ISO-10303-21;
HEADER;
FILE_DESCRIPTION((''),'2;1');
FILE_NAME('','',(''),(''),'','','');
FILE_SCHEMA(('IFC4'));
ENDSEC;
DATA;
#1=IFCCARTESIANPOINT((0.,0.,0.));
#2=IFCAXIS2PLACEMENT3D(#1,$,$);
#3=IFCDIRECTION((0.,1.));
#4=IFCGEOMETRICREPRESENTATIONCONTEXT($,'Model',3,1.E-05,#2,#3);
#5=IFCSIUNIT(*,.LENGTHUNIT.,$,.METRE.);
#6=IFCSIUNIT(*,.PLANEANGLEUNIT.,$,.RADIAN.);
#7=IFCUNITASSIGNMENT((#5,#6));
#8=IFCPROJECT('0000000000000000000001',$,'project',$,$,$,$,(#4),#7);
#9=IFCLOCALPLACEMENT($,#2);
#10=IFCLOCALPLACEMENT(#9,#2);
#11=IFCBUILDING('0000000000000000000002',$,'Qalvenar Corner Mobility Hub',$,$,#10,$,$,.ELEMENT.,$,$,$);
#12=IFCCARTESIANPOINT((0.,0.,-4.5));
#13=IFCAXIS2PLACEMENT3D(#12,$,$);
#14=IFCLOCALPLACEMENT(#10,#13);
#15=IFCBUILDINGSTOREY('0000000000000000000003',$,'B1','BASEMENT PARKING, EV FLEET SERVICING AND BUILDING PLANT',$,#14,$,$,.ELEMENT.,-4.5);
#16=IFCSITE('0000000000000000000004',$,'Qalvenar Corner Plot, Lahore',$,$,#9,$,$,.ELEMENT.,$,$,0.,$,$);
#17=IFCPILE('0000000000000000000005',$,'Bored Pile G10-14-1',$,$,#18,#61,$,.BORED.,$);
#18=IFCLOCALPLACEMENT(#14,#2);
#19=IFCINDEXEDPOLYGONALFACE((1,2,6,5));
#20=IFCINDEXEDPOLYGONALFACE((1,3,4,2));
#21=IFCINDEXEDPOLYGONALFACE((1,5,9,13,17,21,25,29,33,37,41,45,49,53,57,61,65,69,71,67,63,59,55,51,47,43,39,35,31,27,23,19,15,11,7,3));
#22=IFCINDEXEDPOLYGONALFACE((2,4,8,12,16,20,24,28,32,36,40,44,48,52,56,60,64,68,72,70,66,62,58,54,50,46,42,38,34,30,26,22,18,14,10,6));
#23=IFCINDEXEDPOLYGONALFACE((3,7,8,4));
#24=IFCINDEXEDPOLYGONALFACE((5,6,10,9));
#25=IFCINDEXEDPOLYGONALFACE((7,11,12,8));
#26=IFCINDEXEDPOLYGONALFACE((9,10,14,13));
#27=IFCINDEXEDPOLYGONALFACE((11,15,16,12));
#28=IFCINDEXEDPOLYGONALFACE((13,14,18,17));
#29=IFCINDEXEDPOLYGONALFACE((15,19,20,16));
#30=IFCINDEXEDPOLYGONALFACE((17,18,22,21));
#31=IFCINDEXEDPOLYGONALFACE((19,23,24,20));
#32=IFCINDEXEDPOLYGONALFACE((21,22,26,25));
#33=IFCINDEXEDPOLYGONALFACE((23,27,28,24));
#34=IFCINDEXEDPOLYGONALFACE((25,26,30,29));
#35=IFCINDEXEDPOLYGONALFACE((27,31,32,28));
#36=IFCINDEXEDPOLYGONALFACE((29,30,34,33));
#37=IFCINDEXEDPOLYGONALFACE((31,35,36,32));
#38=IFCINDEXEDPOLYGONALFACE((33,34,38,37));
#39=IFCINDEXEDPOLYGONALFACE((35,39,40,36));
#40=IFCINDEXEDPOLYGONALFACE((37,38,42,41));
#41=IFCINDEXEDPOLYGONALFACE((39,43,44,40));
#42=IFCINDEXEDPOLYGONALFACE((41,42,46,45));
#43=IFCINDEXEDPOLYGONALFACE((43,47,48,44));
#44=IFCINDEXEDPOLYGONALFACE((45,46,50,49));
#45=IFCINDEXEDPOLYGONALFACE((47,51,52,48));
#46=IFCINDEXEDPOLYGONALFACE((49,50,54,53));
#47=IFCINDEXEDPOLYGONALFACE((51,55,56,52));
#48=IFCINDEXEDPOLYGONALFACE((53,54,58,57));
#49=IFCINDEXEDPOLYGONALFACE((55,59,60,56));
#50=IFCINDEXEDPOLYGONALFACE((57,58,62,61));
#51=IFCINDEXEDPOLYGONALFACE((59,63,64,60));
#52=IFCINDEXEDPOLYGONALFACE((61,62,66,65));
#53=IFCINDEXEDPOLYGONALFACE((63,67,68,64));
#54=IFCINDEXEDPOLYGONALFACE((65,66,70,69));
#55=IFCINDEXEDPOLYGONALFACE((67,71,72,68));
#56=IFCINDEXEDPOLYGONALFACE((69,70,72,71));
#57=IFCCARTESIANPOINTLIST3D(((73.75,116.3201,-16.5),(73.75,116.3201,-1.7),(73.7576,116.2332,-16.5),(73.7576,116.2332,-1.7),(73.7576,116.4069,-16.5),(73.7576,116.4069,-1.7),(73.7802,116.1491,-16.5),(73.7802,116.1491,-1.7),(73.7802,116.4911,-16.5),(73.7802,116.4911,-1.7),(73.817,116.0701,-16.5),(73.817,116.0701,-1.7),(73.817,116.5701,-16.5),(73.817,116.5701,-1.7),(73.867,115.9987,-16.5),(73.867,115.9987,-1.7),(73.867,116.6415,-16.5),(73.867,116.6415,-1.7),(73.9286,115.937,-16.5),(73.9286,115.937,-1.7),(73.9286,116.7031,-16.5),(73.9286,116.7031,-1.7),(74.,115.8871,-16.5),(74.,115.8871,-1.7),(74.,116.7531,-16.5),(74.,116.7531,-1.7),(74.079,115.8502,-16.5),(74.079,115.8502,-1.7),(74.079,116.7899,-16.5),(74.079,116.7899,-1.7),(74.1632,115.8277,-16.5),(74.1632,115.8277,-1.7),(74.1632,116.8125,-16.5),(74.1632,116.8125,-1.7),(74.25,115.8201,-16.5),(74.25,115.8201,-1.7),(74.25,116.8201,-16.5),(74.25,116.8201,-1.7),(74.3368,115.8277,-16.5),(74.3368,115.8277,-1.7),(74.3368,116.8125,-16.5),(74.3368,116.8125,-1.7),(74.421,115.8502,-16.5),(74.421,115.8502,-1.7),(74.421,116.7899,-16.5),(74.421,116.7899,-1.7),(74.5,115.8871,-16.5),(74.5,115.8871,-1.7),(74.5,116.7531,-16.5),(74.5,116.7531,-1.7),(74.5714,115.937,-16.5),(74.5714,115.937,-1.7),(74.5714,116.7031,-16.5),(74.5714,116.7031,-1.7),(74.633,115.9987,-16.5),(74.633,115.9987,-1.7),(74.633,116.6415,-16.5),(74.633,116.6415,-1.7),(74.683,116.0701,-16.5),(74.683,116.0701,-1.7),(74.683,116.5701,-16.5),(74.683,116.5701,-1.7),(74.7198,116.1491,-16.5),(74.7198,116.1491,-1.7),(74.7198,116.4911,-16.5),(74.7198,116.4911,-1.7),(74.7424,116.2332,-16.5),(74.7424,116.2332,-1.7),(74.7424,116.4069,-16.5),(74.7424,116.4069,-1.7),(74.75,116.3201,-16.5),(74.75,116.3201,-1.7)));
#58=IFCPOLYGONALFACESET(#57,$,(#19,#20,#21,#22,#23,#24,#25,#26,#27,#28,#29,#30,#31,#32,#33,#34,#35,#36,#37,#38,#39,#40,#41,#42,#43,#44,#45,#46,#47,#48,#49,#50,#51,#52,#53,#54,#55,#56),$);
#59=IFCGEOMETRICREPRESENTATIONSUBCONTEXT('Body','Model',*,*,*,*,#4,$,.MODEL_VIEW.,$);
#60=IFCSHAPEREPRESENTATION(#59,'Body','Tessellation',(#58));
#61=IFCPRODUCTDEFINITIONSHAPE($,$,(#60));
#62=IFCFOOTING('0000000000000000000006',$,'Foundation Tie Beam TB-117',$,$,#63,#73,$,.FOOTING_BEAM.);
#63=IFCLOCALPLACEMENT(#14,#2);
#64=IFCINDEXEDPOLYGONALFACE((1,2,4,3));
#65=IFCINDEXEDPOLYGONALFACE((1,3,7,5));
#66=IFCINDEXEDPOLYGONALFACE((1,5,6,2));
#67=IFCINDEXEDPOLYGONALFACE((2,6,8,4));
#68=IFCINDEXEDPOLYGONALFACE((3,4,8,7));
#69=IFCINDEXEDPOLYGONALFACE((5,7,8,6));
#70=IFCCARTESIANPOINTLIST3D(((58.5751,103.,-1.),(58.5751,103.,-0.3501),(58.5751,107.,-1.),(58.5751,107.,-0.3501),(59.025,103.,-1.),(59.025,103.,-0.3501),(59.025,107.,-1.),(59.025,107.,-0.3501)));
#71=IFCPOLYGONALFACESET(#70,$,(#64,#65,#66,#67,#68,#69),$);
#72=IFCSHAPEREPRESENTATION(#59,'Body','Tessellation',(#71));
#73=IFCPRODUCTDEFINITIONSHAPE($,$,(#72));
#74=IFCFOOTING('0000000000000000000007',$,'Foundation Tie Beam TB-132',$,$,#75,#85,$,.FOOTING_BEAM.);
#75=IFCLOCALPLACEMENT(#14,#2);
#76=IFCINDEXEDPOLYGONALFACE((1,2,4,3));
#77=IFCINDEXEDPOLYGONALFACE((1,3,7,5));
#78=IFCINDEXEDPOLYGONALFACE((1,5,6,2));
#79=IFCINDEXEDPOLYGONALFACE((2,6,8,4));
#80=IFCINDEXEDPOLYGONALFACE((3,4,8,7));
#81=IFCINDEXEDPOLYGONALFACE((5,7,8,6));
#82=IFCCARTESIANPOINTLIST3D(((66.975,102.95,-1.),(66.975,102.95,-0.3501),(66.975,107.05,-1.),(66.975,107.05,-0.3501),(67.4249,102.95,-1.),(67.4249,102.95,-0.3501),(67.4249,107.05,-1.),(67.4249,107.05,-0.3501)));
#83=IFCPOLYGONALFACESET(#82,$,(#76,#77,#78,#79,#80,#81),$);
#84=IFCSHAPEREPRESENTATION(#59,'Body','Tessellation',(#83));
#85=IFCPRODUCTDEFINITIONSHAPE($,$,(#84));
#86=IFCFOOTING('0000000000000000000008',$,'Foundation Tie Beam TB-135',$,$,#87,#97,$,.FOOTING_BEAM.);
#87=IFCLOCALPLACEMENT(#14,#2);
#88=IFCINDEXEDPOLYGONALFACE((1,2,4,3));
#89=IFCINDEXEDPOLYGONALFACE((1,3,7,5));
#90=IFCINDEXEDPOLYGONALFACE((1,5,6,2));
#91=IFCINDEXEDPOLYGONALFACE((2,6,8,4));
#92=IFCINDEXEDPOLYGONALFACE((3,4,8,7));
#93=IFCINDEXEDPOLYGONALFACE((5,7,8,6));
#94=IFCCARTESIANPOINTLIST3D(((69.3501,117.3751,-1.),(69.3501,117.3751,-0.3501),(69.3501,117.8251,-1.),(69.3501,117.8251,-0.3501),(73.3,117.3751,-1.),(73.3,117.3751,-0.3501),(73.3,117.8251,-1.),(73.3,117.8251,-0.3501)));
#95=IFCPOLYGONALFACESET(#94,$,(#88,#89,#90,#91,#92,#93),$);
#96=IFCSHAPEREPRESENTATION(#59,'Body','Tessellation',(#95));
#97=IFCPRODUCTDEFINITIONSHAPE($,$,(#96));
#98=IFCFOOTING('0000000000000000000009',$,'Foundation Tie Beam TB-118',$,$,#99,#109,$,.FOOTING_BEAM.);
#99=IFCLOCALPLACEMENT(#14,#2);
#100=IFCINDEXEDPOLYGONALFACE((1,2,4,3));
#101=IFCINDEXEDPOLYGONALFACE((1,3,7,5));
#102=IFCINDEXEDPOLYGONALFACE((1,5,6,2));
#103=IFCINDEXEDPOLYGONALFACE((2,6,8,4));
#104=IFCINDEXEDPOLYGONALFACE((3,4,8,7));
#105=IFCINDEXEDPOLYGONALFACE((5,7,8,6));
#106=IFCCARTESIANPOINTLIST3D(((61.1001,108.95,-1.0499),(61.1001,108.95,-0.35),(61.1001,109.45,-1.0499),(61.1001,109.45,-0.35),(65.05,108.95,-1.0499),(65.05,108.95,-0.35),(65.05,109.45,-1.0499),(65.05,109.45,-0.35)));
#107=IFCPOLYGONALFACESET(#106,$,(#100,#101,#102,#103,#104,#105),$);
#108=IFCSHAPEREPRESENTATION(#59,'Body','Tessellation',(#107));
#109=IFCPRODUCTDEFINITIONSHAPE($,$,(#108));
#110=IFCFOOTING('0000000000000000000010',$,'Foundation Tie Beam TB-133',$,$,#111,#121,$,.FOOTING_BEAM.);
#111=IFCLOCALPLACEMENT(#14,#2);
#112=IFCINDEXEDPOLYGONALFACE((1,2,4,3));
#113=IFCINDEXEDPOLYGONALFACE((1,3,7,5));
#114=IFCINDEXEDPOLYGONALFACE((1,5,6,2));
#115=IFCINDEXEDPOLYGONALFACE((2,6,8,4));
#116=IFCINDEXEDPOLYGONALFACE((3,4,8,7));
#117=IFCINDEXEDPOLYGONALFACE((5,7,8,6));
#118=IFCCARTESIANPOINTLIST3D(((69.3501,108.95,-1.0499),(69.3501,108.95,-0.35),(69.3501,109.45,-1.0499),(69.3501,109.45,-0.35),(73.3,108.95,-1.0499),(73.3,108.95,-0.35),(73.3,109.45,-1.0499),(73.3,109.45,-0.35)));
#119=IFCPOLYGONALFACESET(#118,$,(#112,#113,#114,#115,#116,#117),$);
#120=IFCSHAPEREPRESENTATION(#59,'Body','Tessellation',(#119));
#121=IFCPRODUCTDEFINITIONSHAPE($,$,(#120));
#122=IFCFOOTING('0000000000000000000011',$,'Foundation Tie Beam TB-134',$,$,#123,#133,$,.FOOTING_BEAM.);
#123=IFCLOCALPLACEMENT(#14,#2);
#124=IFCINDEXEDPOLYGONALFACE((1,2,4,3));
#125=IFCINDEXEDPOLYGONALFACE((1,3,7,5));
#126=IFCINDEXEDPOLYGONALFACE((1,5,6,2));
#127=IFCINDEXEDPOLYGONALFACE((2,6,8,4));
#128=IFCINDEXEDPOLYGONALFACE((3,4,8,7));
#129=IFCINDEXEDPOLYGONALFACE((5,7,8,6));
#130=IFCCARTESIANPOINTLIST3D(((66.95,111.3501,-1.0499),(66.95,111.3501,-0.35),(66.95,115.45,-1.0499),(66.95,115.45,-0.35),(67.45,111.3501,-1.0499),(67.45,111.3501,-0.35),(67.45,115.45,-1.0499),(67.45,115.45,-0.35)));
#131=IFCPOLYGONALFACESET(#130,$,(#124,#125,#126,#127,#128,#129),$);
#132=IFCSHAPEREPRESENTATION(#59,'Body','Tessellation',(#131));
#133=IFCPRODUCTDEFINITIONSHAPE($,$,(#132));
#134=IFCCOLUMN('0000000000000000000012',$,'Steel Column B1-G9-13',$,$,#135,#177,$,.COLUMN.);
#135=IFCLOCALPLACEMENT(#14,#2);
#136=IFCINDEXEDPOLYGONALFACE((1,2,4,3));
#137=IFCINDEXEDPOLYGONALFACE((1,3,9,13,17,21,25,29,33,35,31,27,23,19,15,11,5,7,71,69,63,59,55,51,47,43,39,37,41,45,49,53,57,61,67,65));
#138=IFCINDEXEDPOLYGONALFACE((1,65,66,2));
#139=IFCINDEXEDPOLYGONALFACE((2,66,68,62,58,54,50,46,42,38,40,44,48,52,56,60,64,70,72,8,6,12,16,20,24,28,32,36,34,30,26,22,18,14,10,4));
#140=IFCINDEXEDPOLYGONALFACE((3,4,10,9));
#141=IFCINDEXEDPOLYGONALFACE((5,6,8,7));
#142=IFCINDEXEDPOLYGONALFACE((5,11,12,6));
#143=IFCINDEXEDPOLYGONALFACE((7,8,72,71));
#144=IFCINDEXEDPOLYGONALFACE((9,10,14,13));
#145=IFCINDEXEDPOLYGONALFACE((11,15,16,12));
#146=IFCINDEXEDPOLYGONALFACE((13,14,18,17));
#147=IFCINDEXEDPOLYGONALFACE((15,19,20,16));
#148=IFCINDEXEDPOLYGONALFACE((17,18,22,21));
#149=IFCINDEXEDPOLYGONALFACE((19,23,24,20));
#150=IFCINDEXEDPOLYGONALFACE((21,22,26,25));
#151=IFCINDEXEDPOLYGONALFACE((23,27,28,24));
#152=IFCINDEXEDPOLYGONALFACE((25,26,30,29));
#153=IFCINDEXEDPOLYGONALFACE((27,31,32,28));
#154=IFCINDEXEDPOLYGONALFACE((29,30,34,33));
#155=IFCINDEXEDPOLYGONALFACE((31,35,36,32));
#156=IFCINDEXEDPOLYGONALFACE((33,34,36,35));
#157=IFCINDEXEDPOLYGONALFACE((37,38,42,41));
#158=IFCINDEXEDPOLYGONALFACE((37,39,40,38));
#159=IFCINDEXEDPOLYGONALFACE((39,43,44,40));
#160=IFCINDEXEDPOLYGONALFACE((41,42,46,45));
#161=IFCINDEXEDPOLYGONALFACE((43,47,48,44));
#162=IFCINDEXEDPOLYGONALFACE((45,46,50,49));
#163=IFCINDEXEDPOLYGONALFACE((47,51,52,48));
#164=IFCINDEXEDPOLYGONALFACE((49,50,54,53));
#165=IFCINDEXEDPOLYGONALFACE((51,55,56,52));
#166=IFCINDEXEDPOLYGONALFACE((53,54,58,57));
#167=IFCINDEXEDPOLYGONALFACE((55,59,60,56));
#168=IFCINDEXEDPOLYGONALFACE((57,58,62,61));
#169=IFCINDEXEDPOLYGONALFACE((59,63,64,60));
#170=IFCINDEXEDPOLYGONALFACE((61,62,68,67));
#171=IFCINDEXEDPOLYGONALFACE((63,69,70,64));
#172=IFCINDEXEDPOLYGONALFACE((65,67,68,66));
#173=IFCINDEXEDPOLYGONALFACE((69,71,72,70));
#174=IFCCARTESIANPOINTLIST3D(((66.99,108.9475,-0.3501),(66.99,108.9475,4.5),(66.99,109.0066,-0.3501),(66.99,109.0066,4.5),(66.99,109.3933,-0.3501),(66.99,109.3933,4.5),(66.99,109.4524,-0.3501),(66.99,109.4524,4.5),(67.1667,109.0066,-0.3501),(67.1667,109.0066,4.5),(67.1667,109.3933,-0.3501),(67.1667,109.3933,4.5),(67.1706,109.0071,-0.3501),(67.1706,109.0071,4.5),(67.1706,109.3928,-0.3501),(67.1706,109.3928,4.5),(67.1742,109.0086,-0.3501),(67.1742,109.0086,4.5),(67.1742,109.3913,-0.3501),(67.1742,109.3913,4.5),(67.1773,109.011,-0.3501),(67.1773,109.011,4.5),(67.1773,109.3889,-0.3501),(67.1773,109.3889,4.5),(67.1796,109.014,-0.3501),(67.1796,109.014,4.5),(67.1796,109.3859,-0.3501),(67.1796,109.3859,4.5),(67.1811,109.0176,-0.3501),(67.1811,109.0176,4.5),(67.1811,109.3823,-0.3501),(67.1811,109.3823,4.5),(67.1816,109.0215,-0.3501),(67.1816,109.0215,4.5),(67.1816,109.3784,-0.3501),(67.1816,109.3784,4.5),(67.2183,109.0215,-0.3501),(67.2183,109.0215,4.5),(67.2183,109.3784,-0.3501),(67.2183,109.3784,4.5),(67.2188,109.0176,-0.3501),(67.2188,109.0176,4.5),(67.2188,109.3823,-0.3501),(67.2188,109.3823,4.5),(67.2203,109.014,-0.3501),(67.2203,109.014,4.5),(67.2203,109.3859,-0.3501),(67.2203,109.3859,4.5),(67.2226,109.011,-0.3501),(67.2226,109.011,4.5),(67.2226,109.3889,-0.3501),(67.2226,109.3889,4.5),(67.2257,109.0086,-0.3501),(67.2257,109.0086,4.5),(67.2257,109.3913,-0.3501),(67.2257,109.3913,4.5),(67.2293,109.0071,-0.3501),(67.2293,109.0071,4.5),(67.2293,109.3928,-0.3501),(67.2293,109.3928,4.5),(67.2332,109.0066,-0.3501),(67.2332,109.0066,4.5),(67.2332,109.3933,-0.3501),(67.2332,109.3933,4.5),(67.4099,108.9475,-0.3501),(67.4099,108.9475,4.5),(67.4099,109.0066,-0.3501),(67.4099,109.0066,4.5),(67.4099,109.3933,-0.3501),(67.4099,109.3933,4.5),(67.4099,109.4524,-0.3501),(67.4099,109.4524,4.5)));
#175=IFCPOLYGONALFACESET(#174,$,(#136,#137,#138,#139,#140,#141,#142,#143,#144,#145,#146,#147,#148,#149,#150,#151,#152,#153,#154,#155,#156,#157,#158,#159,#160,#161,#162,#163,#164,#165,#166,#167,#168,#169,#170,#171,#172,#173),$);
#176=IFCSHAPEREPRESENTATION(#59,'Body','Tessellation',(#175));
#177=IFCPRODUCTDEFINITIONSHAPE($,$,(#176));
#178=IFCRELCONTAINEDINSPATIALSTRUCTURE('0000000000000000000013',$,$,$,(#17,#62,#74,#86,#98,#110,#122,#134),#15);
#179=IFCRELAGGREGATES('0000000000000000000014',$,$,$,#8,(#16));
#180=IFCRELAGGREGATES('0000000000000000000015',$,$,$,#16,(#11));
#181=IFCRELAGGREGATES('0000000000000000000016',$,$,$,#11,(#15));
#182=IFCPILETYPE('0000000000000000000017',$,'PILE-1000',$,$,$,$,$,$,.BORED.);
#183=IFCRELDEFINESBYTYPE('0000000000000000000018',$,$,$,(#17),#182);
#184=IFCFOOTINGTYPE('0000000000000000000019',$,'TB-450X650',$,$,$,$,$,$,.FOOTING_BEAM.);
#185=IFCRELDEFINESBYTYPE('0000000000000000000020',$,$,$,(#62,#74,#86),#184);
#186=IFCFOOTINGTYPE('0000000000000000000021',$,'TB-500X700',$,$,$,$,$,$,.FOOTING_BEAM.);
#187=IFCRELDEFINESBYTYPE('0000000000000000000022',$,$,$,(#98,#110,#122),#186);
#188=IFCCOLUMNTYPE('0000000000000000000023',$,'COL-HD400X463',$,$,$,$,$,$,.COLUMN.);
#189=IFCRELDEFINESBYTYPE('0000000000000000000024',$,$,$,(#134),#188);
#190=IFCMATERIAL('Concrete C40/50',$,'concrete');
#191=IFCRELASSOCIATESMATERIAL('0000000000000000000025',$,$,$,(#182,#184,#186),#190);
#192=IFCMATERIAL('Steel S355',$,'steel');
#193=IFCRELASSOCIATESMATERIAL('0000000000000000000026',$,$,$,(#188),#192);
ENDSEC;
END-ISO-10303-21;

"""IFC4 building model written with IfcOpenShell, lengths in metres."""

from ifc_helpers import new_model, si_unit, direction, frame, origin, origin_2d, place, context, subcontext, project, spatial, rectangle, circle, i_section, extrude, material, material_profile, profile_set, type_object, element, save


model = new_model("IFC4")

# Units and contexts
model_context = context("Model", 3, precision=1e-05, world=origin(), true_north=direction((0.0, 1.0)))
body_context = subcontext(model_context, "Body", "Model", "MODEL_VIEW")
ifc_project = project(units=[si_unit("LENGTHUNIT", "METRE"), si_unit("PLANEANGLEUNIT", "RADIAN")], contexts=[model_context])

# Site, building, storey
site_placement = place(None, origin())
site = spatial("IfcSite", under=ifc_project, at=site_placement, Name="Qalvenar Corner Plot, Lahore", CompositionType="ELEMENT", RefElevation=0.0)
building_placement = place(site_placement, origin())
building = spatial("IfcBuilding", under=site, at=building_placement, Name="Qalvenar Corner Mobility Hub", CompositionType="ELEMENT")
storey_placement = place(building_placement, frame((0.0, 0.0, -4.5)))
storey = spatial("IfcBuildingStorey", under=building, at=storey_placement, Name="B1", Description="BASEMENT PARKING, EV FLEET SERVICING AND BUILDING PLANT", CompositionType="ELEMENT", Elevation=-4.5)

# Shared definitions
ifc_material_1 = material(Name="Concrete C40/50", Category="concrete")

# Pile
ifc_material_profile_1 = material_profile(ifc_material_1, circle(Radius=0.5, at=origin_2d()), Name="DIA1000")
ifc_profile_set_1 = profile_set([ifc_material_profile_1], Name="Concrete C40/50")
pile_type = type_object("IfcPileType", Name="PILE-1000", PredefinedType="BORED", material=ifc_profile_set_1)
for number, where, z_axis, x_axis, name in (
    (1, (74.25, 116.3201, -1.7), (0.0, 0.0, -1.0), (1.0, 0.0, 0.0), "Bored Pile G10-14-1"),
):
    element("IfcPile", number, at=place(storey_placement, frame(where, z_axis=z_axis, x_axis=x_axis)), inside=storey, type_object=pile_type, Name=name, PredefinedType="BORED", context=body_context, shape_type="SweptSolid", body=[
        extrude(circle(Radius=0.5, at=origin_2d()), origin(), (0.0, 0.0, 1.0), 14.8),
    ])

# Footings
ifc_material_profile_2 = material_profile(ifc_material_1, rectangle(XDim=0.45, YDim=0.6499, at=origin_2d()), Name="RC450x650")
ifc_profile_set_2 = profile_set([ifc_material_profile_2], Name="Concrete C40/50")
footing_type_1 = type_object("IfcFootingType", Name="TB-450X650", PredefinedType="FOOTING_BEAM", material=ifc_profile_set_2)
footing_1_placement = place(storey_placement, frame((58.8, 103.0, -0.675), z_axis=(0.0, 1.0, 0.0), x_axis=(-1.0, 0.0, 0.0)))
element("IfcFooting", 2, at=footing_1_placement, inside=storey, type_object=footing_type_1, Name="Foundation Tie Beam TB-117", PredefinedType="FOOTING_BEAM", context=body_context, shape_type="SweptSolid", body=[
    extrude(rectangle(XDim=0.45, YDim=0.6499, at=origin_2d()), origin(), (0.0, 0.0, 1.0), 4.0),
])
footing_2_placement = place(storey_placement, frame((67.2, 102.95, -0.675), z_axis=(0.0, 1.0, 0.0), x_axis=(-1.0, 0.0, 0.0)))
element("IfcFooting", 3, at=footing_2_placement, inside=storey, type_object=footing_type_1, Name="Foundation Tie Beam TB-132", PredefinedType="FOOTING_BEAM", context=body_context, shape_type="SweptSolid", body=[
    extrude(rectangle(XDim=0.45, YDim=0.6499, at=origin_2d()), origin(), (0.0, 0.0, 1.0), 4.1001),
])
footing_3_placement = place(storey_placement, frame((69.3501, 117.6001, -0.675), z_axis=(1.0, 0.0, 0.0), x_axis=(0.0, 1.0, 0.0)))
element("IfcFooting", 4, at=footing_3_placement, inside=storey, type_object=footing_type_1, Name="Foundation Tie Beam TB-135", PredefinedType="FOOTING_BEAM", context=body_context, shape_type="SweptSolid", body=[
    extrude(rectangle(XDim=0.45, YDim=0.6499, at=origin_2d()), origin(), (0.0, 0.0, 1.0), 3.95),
])
ifc_material_profile_3 = material_profile(ifc_material_1, rectangle(XDim=0.5, YDim=0.7, at=origin_2d()), Name="RC500x700")
ifc_profile_set_3 = profile_set([ifc_material_profile_3], Name="Concrete C40/50")
footing_type_2 = type_object("IfcFootingType", Name="TB-500X700", PredefinedType="FOOTING_BEAM", material=ifc_profile_set_3)
for number, where, z_axis, x_axis, name in (
    (5, (61.1001, 109.2, -0.7), (1.0, 0.0, 0.0), (0.0, 1.0, 0.0), "Foundation Tie Beam TB-118"),
    (6, (69.3501, 109.2, -0.7), (1.0, 0.0, 0.0), (0.0, 1.0, 0.0), "Foundation Tie Beam TB-133"),
):
    element("IfcFooting", number, at=place(storey_placement, frame(where, z_axis=z_axis, x_axis=x_axis)), inside=storey, type_object=footing_type_2, Name=name, PredefinedType="FOOTING_BEAM", context=body_context, shape_type="SweptSolid", body=[
        extrude(rectangle(XDim=0.5, YDim=0.7, at=origin_2d()), origin(), (0.0, 0.0, 1.0), 3.95),
    ])
footing_4_placement = place(storey_placement, frame((67.2, 111.3501, -0.7), z_axis=(0.0, 1.0, 0.0), x_axis=(-1.0, 0.0, 0.0)))
element("IfcFooting", 7, at=footing_4_placement, inside=storey, type_object=footing_type_2, Name="Foundation Tie Beam TB-134", PredefinedType="FOOTING_BEAM", context=body_context, shape_type="SweptSolid", body=[
    extrude(rectangle(XDim=0.5, YDim=0.7, at=origin_2d()), origin(), (0.0, 0.0, 1.0), 4.0999),
])

# Column
ifc_material_2 = material(Name="Steel S355", Category="steel")
ifc_material_profile_4 = material_profile(ifc_material_2, i_section(OverallWidth=0.4199, OverallDepth=0.5049, WebThickness=0.0366, FlangeThickness=0.0591, FilletRadius=0.0149, at=origin_2d()), Name="HD400x551")
ifc_profile_set_4 = profile_set([ifc_material_profile_4], Name="Steel S355")
column_type_1 = type_object("IfcColumnType", Name="COL-HD400X463", PredefinedType="COLUMN", material=ifc_profile_set_4)
column_1_placement = place(storey_placement, frame((67.2, 109.2, -0.3501), z_axis=(0.0, 0.0, 1.0), x_axis=(1.0, 0.0, 0.0)))
element("IfcColumn", 8, at=column_1_placement, inside=storey, type_object=column_type_1, Name="Steel Column B1-G9-13", PredefinedType="COLUMN", context=body_context, shape_type="SweptSolid", body=[
    extrude(i_section(OverallWidth=0.4199, OverallDepth=0.5049, WebThickness=0.0366, FlangeThickness=0.0591, FilletRadius=0.0149, at=origin_2d()), origin(), (0.0, 0.0, 1.0), 4.8501),
])

save(model, "model.ifc")
